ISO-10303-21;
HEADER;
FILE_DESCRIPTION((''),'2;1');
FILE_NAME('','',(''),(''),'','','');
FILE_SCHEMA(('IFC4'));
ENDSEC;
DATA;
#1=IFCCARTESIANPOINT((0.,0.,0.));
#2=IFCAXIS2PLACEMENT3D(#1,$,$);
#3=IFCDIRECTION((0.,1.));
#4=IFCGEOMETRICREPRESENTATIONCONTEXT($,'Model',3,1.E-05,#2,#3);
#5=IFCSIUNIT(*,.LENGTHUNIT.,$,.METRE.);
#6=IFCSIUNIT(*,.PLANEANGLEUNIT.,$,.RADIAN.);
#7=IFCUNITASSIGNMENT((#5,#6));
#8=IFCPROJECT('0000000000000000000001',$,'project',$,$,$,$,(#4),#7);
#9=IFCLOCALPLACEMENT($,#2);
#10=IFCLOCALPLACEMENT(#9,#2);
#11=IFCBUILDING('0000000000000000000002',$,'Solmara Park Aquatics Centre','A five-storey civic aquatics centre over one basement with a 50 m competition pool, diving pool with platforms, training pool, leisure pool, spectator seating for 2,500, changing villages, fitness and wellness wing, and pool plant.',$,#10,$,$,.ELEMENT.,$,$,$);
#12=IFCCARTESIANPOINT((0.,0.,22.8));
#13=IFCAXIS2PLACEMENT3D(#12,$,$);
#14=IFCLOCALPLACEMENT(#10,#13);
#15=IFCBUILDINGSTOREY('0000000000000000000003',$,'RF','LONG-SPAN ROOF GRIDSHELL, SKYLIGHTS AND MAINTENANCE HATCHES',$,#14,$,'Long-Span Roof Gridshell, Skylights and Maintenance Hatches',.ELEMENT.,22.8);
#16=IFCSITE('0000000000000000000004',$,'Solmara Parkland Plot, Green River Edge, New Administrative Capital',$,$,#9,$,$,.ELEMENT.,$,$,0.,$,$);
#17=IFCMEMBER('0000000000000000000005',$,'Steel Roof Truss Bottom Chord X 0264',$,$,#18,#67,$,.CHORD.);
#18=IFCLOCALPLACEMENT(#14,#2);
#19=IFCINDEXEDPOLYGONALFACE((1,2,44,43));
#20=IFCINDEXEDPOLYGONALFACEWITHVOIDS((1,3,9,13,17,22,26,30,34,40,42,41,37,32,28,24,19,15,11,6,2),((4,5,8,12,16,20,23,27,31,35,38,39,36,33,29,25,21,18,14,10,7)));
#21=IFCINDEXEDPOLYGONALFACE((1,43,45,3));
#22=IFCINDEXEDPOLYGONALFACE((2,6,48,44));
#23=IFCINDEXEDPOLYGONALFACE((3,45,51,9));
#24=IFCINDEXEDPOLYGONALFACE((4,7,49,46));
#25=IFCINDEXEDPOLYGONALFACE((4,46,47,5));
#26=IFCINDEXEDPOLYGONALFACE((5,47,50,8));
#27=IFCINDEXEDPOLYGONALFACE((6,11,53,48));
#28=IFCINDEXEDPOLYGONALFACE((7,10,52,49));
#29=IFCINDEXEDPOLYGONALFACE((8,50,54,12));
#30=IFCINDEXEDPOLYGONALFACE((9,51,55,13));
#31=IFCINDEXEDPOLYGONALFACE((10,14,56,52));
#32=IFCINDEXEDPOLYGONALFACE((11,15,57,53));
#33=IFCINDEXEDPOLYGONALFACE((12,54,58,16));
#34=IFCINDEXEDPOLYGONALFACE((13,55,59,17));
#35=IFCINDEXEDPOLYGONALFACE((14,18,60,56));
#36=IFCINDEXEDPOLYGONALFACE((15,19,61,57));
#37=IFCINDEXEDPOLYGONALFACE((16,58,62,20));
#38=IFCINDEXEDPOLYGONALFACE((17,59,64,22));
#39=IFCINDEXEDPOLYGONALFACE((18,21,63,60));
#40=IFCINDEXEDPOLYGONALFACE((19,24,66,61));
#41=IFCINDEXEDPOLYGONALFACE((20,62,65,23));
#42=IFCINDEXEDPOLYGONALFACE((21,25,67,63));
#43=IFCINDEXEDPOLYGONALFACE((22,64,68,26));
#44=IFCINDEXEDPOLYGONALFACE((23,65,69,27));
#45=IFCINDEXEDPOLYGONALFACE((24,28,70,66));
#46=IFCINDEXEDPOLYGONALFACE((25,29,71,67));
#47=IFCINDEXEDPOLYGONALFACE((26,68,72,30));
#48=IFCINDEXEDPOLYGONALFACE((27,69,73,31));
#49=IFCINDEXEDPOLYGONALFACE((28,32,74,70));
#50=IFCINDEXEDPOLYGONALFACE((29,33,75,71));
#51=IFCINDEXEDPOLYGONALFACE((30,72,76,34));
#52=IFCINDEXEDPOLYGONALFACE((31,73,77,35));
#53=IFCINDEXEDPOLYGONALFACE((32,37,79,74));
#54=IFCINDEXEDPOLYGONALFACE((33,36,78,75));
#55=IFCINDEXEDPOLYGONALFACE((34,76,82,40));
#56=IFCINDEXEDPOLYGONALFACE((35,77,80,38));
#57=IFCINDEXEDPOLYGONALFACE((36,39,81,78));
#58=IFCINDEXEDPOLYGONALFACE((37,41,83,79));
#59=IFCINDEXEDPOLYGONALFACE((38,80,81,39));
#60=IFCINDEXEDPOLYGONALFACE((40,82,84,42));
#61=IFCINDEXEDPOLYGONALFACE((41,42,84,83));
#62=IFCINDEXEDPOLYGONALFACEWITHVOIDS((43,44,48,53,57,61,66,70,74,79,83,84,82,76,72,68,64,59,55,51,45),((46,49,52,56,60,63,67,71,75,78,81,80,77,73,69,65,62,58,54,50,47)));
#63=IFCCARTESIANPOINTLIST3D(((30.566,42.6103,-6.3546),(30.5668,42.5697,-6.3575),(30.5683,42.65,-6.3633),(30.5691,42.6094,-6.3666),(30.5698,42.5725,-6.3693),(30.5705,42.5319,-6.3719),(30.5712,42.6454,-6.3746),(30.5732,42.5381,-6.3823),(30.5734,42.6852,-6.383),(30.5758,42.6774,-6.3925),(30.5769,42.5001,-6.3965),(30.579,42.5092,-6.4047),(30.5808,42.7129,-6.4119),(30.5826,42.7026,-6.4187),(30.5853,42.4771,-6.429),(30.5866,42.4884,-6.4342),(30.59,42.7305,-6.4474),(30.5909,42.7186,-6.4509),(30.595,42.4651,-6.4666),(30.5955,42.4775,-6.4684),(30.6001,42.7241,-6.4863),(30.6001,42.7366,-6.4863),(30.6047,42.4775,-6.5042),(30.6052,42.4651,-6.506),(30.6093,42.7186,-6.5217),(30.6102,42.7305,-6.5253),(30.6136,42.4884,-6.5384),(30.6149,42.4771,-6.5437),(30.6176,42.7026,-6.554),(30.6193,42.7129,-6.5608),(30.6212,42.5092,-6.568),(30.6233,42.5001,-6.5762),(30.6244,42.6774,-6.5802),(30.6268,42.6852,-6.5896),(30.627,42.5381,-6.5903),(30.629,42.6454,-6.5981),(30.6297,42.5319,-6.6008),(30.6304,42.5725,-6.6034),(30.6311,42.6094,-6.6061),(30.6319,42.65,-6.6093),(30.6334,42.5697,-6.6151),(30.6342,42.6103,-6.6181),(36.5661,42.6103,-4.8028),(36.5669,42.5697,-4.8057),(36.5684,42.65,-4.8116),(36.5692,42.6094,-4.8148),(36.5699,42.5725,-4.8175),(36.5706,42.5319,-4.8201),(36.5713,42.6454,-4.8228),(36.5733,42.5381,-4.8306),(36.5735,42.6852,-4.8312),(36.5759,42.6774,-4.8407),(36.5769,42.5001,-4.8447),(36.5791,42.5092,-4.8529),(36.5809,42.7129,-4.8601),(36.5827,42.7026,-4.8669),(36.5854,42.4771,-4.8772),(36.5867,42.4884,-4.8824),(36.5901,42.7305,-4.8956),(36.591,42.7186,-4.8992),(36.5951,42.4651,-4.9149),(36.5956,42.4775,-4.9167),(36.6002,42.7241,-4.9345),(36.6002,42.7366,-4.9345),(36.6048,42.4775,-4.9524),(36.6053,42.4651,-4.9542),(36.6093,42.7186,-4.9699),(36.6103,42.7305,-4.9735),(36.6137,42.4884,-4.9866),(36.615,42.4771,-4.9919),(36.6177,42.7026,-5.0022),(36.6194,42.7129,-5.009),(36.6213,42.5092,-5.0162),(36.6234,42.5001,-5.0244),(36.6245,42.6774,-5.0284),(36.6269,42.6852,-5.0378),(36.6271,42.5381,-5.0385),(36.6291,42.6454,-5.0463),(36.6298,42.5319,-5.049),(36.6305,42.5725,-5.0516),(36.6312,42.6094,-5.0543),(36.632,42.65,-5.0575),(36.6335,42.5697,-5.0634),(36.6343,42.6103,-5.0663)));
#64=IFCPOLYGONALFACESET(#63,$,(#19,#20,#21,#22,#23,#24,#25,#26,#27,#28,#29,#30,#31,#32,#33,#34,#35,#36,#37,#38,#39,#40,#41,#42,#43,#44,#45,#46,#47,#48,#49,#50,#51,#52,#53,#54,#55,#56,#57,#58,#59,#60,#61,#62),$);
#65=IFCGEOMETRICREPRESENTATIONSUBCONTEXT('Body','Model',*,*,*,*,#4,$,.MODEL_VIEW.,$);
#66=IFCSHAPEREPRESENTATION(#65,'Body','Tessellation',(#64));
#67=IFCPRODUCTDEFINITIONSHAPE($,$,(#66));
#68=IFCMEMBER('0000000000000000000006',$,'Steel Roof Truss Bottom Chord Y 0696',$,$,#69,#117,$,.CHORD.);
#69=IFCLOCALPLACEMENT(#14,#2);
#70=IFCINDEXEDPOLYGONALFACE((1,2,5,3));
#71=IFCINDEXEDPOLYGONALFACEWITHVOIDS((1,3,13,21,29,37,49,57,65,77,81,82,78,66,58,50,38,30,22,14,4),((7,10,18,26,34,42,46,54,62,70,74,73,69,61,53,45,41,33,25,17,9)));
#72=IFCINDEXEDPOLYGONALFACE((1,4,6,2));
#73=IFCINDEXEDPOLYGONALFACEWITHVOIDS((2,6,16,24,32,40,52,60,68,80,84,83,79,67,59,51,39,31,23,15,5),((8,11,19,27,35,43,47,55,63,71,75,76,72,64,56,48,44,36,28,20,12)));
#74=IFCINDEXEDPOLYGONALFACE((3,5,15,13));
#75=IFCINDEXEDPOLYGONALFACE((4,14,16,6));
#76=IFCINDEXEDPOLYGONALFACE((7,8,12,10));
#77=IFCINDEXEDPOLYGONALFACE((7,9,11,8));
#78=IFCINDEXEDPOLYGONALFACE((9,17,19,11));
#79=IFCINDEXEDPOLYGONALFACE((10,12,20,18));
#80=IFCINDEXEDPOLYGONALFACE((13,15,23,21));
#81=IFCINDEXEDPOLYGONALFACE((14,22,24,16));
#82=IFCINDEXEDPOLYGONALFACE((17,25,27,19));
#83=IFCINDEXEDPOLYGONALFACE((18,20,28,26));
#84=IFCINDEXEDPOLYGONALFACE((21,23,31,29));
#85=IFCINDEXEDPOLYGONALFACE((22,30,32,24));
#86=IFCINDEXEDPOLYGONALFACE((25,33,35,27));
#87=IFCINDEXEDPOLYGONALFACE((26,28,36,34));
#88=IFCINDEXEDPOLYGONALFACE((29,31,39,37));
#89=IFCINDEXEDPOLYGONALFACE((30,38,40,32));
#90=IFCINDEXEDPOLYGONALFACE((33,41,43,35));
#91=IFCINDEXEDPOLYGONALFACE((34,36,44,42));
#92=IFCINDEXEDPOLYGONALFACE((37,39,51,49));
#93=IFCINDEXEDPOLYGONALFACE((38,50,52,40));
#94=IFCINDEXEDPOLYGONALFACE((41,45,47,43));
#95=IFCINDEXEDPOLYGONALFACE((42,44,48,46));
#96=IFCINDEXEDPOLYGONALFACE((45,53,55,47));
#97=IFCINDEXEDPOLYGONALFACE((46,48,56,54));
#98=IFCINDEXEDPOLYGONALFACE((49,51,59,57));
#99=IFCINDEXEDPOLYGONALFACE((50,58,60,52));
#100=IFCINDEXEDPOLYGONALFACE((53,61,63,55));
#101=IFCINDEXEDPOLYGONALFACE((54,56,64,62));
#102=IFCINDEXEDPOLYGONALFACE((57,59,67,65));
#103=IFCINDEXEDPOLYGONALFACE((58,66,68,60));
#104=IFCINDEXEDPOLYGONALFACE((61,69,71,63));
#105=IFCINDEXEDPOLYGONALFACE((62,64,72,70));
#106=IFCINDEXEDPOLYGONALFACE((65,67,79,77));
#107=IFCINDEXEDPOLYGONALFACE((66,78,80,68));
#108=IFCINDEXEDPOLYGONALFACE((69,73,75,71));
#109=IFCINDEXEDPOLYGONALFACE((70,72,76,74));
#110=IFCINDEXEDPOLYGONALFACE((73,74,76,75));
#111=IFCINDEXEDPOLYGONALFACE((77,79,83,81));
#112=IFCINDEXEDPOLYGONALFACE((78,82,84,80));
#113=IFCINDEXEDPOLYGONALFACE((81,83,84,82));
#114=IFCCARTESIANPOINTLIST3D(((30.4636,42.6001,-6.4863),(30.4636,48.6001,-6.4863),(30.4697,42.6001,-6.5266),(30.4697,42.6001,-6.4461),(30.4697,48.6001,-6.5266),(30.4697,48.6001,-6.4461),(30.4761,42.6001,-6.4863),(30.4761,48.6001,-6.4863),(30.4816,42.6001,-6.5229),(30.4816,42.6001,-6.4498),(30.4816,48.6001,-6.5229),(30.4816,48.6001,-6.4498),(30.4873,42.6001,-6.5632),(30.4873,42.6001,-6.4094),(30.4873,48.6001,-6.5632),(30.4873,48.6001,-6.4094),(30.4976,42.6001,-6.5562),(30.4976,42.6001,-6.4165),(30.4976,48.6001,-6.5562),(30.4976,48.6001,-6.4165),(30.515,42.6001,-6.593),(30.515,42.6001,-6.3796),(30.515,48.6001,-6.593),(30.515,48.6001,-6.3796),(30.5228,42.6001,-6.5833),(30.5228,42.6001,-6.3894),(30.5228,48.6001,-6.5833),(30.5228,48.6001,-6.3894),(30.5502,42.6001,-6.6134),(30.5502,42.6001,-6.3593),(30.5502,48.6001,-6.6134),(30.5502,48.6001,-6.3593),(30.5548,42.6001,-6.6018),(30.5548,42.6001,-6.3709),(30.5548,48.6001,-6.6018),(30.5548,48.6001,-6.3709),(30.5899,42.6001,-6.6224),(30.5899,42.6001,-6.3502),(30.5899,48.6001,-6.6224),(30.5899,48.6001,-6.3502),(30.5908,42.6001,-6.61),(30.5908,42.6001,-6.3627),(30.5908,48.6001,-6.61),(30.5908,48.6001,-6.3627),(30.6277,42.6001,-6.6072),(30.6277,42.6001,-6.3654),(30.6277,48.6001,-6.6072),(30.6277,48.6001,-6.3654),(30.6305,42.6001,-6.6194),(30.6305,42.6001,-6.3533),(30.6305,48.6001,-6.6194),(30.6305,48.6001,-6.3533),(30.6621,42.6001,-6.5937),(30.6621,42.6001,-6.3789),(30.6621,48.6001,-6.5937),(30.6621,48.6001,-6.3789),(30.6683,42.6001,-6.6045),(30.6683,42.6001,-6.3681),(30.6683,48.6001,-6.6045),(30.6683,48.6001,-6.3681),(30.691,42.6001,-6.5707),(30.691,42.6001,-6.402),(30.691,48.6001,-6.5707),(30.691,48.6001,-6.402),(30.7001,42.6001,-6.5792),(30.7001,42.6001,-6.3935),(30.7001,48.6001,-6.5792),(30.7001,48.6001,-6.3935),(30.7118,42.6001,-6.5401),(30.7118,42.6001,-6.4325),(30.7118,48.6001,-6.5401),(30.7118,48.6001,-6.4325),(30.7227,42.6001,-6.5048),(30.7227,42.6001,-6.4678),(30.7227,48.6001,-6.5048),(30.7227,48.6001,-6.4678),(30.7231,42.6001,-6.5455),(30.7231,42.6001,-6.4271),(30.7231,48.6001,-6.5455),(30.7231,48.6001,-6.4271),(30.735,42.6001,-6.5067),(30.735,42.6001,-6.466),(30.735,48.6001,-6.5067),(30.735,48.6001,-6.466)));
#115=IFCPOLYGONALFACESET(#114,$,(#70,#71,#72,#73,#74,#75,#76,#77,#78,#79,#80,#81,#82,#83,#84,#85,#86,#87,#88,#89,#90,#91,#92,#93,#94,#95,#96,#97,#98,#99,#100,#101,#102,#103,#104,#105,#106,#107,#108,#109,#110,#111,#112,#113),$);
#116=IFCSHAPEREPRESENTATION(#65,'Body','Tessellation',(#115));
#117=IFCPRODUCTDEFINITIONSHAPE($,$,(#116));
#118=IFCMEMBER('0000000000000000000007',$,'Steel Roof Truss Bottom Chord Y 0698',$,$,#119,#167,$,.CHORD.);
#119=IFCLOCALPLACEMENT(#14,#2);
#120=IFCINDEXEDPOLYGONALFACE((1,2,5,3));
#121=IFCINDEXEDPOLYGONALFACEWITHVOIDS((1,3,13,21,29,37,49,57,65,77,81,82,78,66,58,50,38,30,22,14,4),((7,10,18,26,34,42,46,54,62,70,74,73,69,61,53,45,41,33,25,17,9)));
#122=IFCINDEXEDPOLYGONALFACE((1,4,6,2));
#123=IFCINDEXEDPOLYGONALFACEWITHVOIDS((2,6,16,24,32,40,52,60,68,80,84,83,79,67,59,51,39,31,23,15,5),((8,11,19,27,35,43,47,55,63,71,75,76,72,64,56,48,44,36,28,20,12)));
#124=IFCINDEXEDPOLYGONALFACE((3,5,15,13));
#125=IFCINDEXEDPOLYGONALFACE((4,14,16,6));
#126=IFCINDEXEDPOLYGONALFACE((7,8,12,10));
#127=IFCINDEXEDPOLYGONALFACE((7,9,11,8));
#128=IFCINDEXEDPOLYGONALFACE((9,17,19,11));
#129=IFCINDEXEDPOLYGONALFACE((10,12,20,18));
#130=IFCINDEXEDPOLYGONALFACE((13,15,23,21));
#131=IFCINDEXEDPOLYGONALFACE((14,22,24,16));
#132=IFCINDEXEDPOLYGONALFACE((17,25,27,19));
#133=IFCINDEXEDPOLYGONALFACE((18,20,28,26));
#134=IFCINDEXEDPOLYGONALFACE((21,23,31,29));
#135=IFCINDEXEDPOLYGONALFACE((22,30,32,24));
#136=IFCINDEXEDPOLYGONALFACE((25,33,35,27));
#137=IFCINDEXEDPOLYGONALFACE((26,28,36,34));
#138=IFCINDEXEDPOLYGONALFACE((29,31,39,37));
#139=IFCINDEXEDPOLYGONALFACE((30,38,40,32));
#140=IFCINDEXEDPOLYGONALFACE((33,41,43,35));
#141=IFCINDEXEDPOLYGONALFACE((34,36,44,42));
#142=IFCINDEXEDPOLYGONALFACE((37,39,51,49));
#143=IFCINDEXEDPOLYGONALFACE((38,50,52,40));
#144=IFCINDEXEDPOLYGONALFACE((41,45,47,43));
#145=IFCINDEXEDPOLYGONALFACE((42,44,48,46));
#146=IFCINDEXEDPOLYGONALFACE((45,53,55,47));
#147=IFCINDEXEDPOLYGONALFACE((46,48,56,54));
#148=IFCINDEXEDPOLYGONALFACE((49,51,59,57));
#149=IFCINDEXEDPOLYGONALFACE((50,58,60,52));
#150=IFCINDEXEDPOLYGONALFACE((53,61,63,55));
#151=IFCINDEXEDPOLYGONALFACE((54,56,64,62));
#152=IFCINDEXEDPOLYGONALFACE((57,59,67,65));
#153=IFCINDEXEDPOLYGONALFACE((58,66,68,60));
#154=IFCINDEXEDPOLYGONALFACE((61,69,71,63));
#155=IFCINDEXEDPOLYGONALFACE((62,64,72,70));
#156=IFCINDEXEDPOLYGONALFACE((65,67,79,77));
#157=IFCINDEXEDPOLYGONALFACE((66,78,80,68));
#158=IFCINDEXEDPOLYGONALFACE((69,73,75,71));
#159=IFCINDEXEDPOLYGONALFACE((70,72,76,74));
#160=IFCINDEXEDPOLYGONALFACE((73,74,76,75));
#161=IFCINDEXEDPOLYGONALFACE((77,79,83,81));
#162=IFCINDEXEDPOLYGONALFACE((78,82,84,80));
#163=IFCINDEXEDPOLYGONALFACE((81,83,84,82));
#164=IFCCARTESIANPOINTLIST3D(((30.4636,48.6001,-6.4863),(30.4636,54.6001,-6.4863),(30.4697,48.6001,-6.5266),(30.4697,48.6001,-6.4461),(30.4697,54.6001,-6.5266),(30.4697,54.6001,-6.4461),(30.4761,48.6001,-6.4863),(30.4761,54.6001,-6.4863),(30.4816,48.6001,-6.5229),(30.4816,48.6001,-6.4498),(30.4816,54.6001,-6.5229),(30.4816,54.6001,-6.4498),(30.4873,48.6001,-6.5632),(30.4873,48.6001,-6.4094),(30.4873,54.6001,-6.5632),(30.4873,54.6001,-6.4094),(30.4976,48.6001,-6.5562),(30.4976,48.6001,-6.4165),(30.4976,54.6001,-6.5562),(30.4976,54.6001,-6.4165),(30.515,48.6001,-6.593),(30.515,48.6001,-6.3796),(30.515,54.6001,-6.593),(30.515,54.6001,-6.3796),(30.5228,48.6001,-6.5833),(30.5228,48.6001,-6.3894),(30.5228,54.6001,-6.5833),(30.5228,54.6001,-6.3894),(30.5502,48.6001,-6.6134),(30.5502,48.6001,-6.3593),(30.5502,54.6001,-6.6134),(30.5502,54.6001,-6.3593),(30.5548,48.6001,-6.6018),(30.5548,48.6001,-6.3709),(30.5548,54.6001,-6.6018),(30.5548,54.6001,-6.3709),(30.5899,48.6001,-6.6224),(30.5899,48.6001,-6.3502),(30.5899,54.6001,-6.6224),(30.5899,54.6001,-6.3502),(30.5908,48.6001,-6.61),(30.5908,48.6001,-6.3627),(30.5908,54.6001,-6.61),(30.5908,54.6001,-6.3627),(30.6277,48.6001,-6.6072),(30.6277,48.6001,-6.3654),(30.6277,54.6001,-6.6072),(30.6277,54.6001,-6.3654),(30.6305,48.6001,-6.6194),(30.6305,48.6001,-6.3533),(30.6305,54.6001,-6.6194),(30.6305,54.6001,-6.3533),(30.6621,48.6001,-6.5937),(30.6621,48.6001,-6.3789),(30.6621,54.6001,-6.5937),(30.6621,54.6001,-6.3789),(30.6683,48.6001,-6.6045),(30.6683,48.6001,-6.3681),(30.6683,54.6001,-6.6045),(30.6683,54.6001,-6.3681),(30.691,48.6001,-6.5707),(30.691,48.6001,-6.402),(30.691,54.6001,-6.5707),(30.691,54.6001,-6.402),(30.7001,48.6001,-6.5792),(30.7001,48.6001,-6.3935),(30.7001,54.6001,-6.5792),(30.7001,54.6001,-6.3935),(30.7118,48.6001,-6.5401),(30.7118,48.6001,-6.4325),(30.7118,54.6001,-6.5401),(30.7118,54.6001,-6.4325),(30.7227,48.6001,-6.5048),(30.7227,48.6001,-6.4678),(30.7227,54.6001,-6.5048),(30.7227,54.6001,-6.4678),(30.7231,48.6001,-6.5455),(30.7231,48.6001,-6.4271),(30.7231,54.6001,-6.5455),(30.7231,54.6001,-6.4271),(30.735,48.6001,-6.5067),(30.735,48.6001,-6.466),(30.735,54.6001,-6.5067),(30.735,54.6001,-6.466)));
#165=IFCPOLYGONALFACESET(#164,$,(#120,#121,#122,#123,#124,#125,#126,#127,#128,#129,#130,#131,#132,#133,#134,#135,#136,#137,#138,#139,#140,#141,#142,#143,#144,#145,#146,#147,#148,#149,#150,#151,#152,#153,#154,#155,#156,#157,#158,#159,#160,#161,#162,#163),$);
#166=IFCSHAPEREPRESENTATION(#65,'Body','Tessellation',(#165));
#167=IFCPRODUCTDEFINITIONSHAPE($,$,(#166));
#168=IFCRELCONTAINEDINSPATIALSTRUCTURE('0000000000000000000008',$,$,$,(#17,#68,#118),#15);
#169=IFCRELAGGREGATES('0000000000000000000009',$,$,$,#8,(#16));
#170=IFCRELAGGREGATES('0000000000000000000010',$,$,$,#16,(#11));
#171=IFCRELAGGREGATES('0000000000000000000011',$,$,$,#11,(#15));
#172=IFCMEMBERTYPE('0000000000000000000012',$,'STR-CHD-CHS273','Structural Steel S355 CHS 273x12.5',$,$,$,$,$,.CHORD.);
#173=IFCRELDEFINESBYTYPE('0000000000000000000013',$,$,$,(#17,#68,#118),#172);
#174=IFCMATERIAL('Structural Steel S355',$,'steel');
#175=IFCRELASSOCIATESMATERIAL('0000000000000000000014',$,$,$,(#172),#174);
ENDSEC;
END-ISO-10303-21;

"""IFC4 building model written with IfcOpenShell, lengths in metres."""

from ifc_helpers import new_model, si_unit, direction, frame, origin, origin_2d, place, context, subcontext, project, spatial, hollow_circle, extrude, material, material_profile, profile_set, type_object, element, save


model = new_model("IFC4")

# Units and contexts
model_context = context("Model", 3, precision=1e-05, world=origin(), true_north=direction((0.0, 1.0)))
body_context = subcontext(model_context, "Body", "Model", "MODEL_VIEW")
ifc_project = project(units=[si_unit("LENGTHUNIT", "METRE"), si_unit("PLANEANGLEUNIT", "RADIAN")], contexts=[model_context])

# Site, building, storey
site_placement = place(None, origin())
site = spatial("IfcSite", under=ifc_project, at=site_placement, Name="Solmara Parkland Plot, Green River Edge, New Administrative Capital", CompositionType="ELEMENT", RefElevation=0.0)
building_placement = place(site_placement, origin())
building = spatial("IfcBuilding", under=site, at=building_placement, Name="Solmara Park Aquatics Centre", Description="A five-storey civic aquatics centre over one basement with a 50 m competition pool, diving pool with platforms, training pool, leisure pool, spectator seating for 2,500, changing villages, fitness and wellness wing, and pool plant.", CompositionType="ELEMENT")
storey_placement = place(building_placement, frame((0.0, 0.0, 22.8)))
storey = spatial("IfcBuildingStorey", under=building, at=storey_placement, Name="RF", Description="LONG-SPAN ROOF GRIDSHELL, SKYLIGHTS AND MAINTENANCE HATCHES", LongName="Long-Span Roof Gridshell, Skylights and Maintenance Hatches", CompositionType="ELEMENT", Elevation=22.8)

# Members
ifc_material_1 = material(Name="Structural Steel S355", Category="steel")
ifc_material_profile_1 = material_profile(ifc_material_1, hollow_circle(Radius=0.1365, WallThickness=0.0125, at=origin_2d()), Name="CHS 273x12.5")
ifc_profile_set_1 = profile_set([ifc_material_profile_1], Name="Structural Steel S355")
member_type_1 = type_object("IfcMemberType", Name="STR-CHD-CHS273", Description="Structural Steel S355 CHS 273x12.5", PredefinedType="CHORD", material=ifc_profile_set_1)
member_1_placement = place(storey_placement, frame((30.6001, 42.6001, -6.4863), z_axis=(0.968146, 0.0, 0.250388), x_axis=(0.0, 1.0, 0.0)))
element("IfcMember", 1, at=member_1_placement, inside=storey, type_object=member_type_1, Name="Steel Roof Truss Bottom Chord X 0264", PredefinedType="CHORD", context=body_context, shape_type="SweptSolid", body=[
    extrude(hollow_circle(Radius=0.1365, WallThickness=0.0125, at=origin_2d()), origin(), (0.0, 0.0, 1.0), 6.1975),
])
for number, where, z_axis, x_axis, name in (
    (2, (30.6001, 42.6001, -6.4863), (0.0, 1.0, 0.0), (-1.0, 0.0, 0.0), "Steel Roof Truss Bottom Chord Y 0696"),
    (3, (30.6001, 48.6001, -6.4863), (0.0, 1.0, 0.0), (-1.0, 0.0, 0.0), "Steel Roof Truss Bottom Chord Y 0698"),
):
    element("IfcMember", number, at=place(storey_placement, frame(where, z_axis=z_axis, x_axis=x_axis)), inside=storey, type_object=member_type_1, Name=name, PredefinedType="CHORD", context=body_context, shape_type="SweptSolid", body=[
        extrude(hollow_circle(Radius=0.1365, WallThickness=0.0125, at=origin_2d()), origin(), (0.0, 0.0, 1.0), 6.0),
    ])

save(model, "model.ifc")
